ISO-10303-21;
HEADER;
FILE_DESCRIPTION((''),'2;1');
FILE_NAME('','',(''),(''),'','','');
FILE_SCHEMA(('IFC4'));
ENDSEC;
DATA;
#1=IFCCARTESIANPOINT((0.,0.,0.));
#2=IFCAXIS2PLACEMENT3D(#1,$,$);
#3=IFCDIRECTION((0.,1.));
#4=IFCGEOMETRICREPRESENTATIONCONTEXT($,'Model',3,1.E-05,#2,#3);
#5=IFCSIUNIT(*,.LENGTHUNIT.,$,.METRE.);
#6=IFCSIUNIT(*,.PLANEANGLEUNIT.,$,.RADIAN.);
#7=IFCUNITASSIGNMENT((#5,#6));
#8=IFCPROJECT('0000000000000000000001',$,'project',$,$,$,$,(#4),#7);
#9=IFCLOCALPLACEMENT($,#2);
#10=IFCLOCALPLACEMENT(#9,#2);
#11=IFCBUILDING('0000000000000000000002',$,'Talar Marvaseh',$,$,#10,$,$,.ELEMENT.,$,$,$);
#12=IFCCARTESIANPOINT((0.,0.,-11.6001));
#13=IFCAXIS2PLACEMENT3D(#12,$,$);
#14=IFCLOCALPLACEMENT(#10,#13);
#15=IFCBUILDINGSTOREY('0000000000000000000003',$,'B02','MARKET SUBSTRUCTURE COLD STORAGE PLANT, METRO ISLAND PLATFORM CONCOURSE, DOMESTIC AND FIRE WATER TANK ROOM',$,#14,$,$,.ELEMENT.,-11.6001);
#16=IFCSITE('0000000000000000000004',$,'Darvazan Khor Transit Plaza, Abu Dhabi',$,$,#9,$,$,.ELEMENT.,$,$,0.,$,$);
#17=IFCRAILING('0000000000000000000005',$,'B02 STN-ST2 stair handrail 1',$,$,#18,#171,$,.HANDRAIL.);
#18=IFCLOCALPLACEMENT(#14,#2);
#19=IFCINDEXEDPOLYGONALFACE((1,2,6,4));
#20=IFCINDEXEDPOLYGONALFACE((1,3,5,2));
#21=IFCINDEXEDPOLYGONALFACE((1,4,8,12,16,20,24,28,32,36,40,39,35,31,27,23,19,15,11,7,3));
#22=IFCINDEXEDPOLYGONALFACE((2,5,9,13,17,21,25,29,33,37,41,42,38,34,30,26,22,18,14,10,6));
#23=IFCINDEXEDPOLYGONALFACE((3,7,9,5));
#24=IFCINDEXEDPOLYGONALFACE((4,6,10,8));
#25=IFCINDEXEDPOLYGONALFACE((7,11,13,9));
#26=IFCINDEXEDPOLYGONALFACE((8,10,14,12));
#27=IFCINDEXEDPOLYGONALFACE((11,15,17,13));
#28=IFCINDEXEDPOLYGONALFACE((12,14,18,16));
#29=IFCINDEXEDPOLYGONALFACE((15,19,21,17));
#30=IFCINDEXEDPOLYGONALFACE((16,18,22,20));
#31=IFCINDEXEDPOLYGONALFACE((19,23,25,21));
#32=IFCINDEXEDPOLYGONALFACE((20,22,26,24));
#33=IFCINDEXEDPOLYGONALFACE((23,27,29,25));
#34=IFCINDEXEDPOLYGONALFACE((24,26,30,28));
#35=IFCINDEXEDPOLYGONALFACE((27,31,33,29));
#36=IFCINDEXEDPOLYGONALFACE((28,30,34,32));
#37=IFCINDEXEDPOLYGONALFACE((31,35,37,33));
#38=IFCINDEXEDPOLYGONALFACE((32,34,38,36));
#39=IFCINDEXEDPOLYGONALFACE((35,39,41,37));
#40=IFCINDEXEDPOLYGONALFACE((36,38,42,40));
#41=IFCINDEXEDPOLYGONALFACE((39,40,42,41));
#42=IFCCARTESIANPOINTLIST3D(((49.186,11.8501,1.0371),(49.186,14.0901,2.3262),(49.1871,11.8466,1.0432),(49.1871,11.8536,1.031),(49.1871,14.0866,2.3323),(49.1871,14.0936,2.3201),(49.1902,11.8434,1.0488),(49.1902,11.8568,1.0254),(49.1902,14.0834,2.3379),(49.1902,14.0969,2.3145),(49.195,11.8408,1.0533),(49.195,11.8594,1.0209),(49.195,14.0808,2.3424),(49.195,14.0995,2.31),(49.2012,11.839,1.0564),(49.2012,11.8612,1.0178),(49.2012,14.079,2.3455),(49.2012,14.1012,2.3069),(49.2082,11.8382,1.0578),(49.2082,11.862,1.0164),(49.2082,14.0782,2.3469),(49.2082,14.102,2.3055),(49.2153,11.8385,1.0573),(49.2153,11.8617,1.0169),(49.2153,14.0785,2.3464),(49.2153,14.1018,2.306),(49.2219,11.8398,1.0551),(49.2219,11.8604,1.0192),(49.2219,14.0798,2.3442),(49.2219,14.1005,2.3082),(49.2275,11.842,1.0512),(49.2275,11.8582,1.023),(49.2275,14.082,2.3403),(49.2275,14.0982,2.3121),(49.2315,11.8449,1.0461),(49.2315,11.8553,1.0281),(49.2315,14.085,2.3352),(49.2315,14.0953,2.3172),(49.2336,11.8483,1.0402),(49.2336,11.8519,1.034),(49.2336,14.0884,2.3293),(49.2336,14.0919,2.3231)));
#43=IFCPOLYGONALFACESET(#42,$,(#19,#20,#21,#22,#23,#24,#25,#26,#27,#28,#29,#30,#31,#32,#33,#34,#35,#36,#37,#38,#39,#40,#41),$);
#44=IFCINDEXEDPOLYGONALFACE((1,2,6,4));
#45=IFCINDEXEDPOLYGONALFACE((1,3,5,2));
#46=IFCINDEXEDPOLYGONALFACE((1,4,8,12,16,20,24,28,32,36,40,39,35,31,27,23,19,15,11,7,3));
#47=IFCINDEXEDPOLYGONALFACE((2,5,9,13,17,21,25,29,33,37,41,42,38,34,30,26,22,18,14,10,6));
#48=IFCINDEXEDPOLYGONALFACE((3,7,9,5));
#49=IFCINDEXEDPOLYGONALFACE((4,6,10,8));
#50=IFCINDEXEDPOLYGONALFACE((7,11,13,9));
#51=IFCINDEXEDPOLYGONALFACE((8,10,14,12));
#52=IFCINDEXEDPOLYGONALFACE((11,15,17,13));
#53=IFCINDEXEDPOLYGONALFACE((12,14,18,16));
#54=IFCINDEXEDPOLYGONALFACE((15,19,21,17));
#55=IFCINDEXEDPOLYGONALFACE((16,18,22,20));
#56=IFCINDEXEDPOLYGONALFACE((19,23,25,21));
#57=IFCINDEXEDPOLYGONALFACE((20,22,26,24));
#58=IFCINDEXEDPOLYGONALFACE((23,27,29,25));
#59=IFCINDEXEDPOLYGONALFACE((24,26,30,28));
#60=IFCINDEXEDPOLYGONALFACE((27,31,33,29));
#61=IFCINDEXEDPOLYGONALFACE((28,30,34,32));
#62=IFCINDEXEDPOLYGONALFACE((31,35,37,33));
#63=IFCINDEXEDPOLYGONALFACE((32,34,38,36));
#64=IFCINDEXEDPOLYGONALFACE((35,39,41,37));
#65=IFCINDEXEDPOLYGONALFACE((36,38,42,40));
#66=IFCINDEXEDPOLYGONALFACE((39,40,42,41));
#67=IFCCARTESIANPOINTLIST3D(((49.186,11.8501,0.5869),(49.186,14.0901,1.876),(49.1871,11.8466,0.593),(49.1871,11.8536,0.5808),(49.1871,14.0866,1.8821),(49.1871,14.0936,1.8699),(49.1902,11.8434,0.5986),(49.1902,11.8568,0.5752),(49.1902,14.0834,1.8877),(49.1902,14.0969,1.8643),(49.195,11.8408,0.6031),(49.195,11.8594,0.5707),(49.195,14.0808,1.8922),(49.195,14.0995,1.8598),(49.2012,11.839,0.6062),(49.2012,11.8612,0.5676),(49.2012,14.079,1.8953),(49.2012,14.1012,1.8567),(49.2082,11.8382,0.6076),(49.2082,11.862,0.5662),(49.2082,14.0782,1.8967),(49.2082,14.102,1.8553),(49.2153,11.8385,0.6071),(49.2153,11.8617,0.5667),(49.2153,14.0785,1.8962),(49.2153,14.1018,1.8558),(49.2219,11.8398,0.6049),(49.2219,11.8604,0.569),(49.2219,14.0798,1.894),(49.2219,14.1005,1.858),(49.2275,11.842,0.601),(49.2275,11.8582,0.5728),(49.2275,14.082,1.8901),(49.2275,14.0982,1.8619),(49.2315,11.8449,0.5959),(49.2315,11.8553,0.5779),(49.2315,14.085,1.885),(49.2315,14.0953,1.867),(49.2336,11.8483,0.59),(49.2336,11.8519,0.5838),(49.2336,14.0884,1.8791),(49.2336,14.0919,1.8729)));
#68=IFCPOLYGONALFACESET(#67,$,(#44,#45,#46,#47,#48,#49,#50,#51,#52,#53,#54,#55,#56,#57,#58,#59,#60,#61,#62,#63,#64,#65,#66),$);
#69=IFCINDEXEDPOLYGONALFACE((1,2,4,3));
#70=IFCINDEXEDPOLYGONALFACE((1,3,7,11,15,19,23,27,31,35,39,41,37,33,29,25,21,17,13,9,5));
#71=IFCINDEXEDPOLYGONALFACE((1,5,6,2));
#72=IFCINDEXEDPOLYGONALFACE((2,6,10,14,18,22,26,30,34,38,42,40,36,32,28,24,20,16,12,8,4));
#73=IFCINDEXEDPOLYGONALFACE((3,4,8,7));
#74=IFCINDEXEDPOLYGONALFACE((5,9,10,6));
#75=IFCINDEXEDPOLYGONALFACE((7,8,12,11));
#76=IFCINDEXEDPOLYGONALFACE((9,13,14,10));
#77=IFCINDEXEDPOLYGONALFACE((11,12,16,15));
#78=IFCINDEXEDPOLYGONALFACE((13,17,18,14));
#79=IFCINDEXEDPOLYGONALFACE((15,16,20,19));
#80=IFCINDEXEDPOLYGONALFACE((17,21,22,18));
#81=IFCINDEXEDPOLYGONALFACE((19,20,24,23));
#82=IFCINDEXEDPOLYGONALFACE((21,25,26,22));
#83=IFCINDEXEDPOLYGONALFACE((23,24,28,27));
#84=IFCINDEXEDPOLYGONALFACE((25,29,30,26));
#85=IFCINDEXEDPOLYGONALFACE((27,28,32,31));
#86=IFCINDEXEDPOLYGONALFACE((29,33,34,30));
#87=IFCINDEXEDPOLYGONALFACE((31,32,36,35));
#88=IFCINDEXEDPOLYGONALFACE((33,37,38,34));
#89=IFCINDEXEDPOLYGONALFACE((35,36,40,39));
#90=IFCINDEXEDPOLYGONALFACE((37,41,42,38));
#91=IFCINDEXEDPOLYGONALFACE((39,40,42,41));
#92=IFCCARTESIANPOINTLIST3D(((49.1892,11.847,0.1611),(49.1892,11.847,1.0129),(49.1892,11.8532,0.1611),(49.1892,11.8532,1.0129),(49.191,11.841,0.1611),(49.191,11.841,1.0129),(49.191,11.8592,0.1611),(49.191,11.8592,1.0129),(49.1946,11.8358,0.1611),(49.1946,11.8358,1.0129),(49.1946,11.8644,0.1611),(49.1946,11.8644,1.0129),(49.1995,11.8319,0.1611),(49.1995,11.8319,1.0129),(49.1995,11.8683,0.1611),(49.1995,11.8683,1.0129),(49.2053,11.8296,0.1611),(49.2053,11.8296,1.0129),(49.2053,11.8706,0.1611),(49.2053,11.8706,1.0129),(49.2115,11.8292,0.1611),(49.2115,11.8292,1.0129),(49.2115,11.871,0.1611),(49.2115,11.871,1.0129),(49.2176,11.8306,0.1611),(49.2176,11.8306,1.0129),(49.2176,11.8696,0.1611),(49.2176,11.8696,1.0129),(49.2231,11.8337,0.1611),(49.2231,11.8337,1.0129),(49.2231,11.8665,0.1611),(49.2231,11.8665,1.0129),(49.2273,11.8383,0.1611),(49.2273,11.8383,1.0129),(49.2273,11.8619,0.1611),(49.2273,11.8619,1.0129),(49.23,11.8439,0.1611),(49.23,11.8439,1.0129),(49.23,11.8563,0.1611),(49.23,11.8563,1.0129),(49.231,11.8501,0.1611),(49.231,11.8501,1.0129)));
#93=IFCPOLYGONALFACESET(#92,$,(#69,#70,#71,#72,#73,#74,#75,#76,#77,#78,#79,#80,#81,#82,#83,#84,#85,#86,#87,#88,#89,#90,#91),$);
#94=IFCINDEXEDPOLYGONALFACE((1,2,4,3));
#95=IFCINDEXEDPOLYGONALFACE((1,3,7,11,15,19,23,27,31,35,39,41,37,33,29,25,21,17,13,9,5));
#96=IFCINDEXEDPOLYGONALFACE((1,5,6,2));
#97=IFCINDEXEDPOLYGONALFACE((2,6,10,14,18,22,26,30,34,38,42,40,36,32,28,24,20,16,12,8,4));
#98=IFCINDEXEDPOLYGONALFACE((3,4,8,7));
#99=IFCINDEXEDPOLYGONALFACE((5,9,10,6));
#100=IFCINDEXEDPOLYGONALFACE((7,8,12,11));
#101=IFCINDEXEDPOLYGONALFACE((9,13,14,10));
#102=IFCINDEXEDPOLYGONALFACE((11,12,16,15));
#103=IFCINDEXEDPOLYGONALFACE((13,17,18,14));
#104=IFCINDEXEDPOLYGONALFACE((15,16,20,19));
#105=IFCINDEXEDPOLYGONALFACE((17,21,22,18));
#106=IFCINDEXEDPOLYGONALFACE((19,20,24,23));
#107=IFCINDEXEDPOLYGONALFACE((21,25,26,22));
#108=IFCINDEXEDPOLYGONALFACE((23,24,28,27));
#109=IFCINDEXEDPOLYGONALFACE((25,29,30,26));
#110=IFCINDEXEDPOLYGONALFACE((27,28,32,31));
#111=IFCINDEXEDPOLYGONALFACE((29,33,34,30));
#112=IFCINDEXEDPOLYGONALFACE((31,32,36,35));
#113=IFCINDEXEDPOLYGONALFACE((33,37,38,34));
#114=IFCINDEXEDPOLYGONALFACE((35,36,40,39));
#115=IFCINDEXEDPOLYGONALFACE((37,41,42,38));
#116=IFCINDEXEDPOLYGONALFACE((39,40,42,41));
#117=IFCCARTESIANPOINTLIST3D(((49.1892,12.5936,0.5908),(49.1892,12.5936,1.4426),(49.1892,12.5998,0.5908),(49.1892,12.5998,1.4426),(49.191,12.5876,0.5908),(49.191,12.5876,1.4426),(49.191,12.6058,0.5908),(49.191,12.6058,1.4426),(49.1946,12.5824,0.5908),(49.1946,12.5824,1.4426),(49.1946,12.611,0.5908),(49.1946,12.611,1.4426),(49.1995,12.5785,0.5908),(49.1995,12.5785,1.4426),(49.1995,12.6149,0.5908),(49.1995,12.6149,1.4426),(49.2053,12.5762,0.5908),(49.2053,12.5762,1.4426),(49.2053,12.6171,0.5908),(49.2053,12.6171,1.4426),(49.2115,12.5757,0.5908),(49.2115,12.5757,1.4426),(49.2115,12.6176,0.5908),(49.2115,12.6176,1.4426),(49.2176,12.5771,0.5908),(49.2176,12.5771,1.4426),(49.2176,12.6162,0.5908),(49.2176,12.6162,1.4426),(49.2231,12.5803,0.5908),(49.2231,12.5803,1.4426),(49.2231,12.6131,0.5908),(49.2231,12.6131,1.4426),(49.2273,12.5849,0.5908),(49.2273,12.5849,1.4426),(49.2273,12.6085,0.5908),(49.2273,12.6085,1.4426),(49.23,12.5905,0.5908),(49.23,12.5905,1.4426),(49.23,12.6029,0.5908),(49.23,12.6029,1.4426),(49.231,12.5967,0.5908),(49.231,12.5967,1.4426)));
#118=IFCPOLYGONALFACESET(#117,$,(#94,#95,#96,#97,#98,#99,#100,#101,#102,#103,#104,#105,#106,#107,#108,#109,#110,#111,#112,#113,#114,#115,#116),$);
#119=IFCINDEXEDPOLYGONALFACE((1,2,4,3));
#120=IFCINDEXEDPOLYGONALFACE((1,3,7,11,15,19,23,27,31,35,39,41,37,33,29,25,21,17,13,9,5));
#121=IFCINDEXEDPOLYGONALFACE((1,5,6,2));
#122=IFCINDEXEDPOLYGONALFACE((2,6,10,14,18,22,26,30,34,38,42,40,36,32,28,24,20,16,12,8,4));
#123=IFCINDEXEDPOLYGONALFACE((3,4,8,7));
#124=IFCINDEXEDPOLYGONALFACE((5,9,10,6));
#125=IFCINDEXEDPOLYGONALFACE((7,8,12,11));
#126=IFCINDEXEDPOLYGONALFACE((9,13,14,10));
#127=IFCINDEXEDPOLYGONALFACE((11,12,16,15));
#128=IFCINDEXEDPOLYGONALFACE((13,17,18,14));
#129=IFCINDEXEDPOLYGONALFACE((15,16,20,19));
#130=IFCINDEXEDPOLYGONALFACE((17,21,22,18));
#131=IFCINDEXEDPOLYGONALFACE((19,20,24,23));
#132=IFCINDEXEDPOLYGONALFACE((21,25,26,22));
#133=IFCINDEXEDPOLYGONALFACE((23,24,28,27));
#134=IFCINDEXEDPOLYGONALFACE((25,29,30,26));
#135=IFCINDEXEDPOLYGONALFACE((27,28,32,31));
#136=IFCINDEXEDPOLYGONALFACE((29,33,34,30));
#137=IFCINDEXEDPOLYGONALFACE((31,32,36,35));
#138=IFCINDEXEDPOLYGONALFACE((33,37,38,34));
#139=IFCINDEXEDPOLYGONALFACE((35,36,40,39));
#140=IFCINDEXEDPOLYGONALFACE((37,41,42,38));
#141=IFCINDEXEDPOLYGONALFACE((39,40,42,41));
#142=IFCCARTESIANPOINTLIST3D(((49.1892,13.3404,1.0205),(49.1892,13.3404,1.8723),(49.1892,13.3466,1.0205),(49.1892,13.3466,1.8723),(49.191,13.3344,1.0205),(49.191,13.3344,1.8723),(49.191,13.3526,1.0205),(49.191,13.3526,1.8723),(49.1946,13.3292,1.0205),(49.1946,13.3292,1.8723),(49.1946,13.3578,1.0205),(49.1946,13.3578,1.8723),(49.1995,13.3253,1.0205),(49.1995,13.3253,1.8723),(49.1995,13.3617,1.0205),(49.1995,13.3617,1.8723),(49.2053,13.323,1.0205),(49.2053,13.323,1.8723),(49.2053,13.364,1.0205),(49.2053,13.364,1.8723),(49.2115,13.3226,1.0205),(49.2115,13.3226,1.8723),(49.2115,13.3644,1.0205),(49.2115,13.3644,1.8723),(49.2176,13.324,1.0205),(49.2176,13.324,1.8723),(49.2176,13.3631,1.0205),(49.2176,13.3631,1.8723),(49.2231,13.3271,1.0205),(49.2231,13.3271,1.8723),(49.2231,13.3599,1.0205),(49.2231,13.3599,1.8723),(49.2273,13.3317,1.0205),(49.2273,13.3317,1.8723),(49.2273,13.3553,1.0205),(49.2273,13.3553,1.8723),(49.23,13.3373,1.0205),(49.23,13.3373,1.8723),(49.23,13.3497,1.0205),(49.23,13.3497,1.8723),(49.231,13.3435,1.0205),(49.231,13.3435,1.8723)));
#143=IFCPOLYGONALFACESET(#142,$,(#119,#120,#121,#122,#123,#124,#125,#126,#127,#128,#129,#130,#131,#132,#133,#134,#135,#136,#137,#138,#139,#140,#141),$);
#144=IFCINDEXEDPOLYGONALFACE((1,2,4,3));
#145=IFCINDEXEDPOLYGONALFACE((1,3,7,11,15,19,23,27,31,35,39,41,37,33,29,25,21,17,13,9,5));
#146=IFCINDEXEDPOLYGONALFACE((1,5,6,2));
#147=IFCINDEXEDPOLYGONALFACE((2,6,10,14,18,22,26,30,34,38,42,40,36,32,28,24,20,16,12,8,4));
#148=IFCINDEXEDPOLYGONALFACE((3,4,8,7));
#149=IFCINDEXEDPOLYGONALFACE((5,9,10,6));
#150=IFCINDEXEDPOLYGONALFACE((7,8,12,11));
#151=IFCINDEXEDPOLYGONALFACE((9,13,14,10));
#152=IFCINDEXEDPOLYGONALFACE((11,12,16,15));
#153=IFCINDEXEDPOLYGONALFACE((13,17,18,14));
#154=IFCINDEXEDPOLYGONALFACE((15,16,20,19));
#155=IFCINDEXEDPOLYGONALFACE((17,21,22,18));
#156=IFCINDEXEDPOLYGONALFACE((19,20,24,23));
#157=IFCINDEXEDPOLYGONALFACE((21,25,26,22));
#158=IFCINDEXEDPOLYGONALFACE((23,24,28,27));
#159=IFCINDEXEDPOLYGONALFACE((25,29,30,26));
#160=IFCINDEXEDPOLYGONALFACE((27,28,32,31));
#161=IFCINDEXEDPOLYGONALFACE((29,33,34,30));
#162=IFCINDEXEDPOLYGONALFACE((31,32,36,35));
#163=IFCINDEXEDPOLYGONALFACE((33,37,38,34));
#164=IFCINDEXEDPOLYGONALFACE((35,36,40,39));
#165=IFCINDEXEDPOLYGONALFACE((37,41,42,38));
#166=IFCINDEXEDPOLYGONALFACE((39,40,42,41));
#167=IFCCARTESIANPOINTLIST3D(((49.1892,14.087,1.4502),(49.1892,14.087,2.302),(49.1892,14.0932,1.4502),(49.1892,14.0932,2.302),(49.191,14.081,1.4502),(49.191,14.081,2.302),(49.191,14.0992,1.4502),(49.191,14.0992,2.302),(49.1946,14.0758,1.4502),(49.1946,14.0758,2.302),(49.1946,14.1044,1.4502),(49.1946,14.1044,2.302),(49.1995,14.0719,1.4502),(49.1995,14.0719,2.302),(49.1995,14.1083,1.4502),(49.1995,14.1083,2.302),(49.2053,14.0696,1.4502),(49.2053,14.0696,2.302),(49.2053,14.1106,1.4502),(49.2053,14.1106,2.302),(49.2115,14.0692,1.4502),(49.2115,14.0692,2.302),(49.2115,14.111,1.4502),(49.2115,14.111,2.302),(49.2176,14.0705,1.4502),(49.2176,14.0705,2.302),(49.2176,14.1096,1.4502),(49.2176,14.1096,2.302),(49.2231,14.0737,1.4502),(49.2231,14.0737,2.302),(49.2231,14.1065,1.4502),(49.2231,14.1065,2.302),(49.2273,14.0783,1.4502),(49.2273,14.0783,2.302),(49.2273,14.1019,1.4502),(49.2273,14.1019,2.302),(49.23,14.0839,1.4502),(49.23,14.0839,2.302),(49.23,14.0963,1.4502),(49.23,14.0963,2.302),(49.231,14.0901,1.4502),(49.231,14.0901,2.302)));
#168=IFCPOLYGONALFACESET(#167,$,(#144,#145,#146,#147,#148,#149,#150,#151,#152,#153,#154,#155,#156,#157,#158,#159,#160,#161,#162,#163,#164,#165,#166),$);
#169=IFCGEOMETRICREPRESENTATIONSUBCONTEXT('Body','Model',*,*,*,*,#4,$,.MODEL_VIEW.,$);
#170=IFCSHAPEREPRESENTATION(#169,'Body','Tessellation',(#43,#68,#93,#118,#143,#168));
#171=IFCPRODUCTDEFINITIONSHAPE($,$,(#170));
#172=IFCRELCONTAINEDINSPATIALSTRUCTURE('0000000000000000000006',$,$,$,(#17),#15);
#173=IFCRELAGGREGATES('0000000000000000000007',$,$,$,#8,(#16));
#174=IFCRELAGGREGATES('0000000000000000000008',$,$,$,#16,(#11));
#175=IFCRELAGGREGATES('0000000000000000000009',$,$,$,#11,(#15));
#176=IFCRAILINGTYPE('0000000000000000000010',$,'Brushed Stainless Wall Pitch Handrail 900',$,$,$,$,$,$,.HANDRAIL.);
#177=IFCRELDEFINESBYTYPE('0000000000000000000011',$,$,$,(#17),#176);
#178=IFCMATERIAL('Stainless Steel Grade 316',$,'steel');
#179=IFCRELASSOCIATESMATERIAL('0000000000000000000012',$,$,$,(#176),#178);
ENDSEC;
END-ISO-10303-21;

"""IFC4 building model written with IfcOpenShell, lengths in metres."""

from ifc_helpers import new_model, si_unit, direction, frame, origin, origin_2d, place, context, subcontext, project, spatial, circle, extrude, material, type_object, element, save


model = new_model("IFC4")

# Units and contexts
model_context = context("Model", 3, precision=1e-05, world=origin(), true_north=direction((0.0, 1.0)))
body_context = subcontext(model_context, "Body", "Model", "MODEL_VIEW")
ifc_project = project(units=[si_unit("LENGTHUNIT", "METRE"), si_unit("PLANEANGLEUNIT", "RADIAN")], contexts=[model_context])

# Site, building, storey
site_placement = place(None, origin())
site = spatial("IfcSite", under=ifc_project, at=site_placement, Name="Darvazan Khor Transit Plaza, Abu Dhabi", CompositionType="ELEMENT", RefElevation=0.0)
building_placement = place(site_placement, origin())
building = spatial("IfcBuilding", under=site, at=building_placement, Name="Talar Marvaseh", CompositionType="ELEMENT")
storey_placement = place(building_placement, frame((0.0, 0.0, -11.6001)))
storey = spatial("IfcBuildingStorey", under=building, at=storey_placement, Name="B02", Description="MARKET SUBSTRUCTURE COLD STORAGE PLANT, METRO ISLAND PLATFORM CONCOURSE, DOMESTIC AND FIRE WATER TANK ROOM", CompositionType="ELEMENT", Elevation=-11.6001)

# Railing
ifc_material_1 = material(Name="Stainless Steel Grade 316", Category="steel")
railing_type_1 = type_object("IfcRailingType", Name="Brushed Stainless Wall Pitch Handrail 900", PredefinedType="HANDRAIL", material=ifc_material_1)
railing_1_placement = place(storey_placement, frame((49.21, 11.8501, 0.1611)))
element("IfcRailing", 1, at=railing_1_placement, inside=storey, type_object=railing_type_1, Name="B02 STN-ST2 stair handrail 1", PredefinedType="HANDRAIL", context=body_context, shape_type="SweptSolid", body=[
    extrude(circle(Radius=0.0239, at=origin_2d()), frame((0.0, 0.0, 0.876), z_axis=(0.0, 0.866728, 0.498782), x_axis=(-1.0, 0.0, 0.0)), (0.0, 0.0, 1.0), 2.5845),
    extrude(circle(Radius=0.0239, at=origin_2d()), frame((0.0, 0.0, 0.4258), z_axis=(0.0, 0.866728, 0.498782), x_axis=(-1.0, 0.0, 0.0)), (0.0, 0.0, 1.0), 2.5845),
    extrude(circle(Radius=0.021, at=origin_2d()), origin(), (0.0, 0.0, 1.0), 0.8518),
    extrude(circle(Radius=0.021, at=origin_2d()), frame((0.0, 0.7466, 0.4297)), (0.0, 0.0, 1.0), 0.8518),
    extrude(circle(Radius=0.021, at=origin_2d()), frame((0.0, 1.4934, 0.8594)), (0.0, 0.0, 1.0), 0.8518),
    extrude(circle(Radius=0.021, at=origin_2d()), frame((0.0, 2.24, 1.2891)), (0.0, 0.0, 1.0), 0.8518),
])

save(model, "model.ifc")
